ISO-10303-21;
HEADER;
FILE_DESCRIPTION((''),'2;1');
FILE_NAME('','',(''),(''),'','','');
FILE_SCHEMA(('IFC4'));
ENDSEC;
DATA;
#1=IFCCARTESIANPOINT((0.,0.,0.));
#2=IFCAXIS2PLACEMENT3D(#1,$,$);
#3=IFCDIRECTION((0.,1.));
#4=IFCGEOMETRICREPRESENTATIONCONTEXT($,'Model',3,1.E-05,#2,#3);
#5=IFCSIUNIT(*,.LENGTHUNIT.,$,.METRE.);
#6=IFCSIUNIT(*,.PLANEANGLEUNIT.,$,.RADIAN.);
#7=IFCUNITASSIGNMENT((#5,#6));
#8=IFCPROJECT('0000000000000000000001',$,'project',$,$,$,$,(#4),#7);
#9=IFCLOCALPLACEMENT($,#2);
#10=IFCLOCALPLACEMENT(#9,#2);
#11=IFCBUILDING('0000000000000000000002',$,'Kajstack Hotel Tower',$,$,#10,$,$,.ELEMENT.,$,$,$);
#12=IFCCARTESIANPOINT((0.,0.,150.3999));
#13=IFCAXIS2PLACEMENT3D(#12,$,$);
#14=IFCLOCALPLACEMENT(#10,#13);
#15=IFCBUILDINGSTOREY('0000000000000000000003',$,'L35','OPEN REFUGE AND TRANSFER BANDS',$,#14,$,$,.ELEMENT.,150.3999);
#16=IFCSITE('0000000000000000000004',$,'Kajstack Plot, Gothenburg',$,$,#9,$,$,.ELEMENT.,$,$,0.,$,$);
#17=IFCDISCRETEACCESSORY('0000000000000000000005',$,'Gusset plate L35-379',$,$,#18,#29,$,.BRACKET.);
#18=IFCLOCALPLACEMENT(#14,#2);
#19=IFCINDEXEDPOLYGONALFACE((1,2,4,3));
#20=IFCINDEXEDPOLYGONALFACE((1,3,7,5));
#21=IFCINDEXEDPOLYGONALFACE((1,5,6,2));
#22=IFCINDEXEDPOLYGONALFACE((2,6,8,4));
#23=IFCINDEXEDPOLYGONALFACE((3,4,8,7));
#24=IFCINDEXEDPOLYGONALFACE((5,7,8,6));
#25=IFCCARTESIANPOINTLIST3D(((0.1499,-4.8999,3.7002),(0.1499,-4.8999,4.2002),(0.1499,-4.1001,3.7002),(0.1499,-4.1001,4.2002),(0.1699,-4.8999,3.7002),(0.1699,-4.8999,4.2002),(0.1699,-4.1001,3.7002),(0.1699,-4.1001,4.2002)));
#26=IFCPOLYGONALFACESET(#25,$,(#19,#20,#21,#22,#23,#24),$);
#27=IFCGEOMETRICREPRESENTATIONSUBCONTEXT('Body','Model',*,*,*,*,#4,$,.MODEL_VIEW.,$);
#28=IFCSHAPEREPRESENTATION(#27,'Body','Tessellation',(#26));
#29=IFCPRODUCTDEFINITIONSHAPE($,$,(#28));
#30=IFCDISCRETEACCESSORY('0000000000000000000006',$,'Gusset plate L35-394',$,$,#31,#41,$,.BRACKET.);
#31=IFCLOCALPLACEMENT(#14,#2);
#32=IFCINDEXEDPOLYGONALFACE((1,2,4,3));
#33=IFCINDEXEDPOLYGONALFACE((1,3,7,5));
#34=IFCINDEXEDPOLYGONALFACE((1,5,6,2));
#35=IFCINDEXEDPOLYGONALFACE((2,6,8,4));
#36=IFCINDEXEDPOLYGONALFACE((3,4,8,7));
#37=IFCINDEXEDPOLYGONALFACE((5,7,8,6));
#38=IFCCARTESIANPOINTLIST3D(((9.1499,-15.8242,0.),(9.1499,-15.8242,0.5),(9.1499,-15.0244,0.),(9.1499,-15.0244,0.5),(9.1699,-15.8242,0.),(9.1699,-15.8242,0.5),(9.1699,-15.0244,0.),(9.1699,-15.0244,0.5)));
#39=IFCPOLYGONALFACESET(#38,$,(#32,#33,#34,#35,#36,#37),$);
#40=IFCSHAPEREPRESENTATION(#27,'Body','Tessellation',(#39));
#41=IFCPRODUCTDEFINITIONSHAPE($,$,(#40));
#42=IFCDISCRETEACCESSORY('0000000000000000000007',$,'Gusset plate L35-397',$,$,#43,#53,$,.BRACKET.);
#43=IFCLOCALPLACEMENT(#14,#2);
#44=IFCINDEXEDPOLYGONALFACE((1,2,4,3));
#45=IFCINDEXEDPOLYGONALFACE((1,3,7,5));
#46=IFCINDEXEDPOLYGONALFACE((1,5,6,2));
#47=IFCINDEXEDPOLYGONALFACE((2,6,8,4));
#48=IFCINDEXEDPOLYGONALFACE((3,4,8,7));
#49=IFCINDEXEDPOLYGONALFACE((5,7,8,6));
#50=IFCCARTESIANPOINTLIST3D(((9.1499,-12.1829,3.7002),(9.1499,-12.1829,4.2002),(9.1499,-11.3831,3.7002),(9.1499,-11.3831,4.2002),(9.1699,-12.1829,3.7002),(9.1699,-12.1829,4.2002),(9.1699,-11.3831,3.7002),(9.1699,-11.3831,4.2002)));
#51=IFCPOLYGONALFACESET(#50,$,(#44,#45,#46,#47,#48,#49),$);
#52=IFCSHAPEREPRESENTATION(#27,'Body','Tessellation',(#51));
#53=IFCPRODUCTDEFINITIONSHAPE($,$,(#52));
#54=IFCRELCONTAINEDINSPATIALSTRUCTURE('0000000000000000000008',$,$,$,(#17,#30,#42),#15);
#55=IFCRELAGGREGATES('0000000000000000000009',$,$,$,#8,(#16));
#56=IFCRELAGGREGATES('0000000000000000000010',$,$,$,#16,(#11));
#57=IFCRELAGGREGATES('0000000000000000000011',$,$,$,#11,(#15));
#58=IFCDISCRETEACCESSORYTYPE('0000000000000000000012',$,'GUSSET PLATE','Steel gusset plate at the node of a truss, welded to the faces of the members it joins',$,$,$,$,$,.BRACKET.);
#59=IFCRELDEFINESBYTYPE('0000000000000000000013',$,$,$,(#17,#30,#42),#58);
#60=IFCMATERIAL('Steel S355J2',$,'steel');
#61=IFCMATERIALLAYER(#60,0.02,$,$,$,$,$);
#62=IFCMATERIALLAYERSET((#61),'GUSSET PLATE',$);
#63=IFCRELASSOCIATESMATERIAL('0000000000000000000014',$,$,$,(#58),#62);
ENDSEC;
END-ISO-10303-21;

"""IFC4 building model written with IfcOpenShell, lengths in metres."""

from ifc_helpers import new_model, si_unit, direction, frame, origin, place, context, subcontext, project, spatial, polyline, outline, extrude, material, layer, layer_set, type_object, element, save


model = new_model("IFC4")

# Units and contexts
model_context = context("Model", 3, precision=1e-05, world=origin(), true_north=direction((0.0, 1.0)))
body_context = subcontext(model_context, "Body", "Model", "MODEL_VIEW")
ifc_project = project(units=[si_unit("LENGTHUNIT", "METRE"), si_unit("PLANEANGLEUNIT", "RADIAN")], contexts=[model_context])

# Site, building, storey
site_placement = place(None, origin())
site = spatial("IfcSite", under=ifc_project, at=site_placement, Name="Kajstack Plot, Gothenburg", CompositionType="ELEMENT", RefElevation=0.0)
building_placement = place(site_placement, origin())
building = spatial("IfcBuilding", under=site, at=building_placement, Name="Kajstack Hotel Tower", CompositionType="ELEMENT")
storey_placement = place(building_placement, frame((0.0, 0.0, 150.3999)))
storey = spatial("IfcBuildingStorey", under=building, at=storey_placement, Name="L35", Description="OPEN REFUGE AND TRANSFER BANDS", CompositionType="ELEMENT", Elevation=150.3999)

# Shared definitions
ifc_material = material(Name="Steel S355J2", Category="steel")

# Discrete accessories
ifc_layer = layer(ifc_material, 0.02)
ifc_layer_set = layer_set([ifc_layer], Name="GUSSET PLATE")
discrete_accessory_type = type_object("IfcDiscreteAccessoryType", Name="GUSSET PLATE", Description="Steel gusset plate at the node of a truss, welded to the faces of the members it joins", PredefinedType="BRACKET", material=ifc_layer_set)
for number, where, z_axis, x_axis, name in (
    (1, (0.1499, -4.5, 3.7002), (1.0, 0.0, 0.0), (0.0, 1.0, 0.0), "Gusset plate L35-379"),
    (2, (9.1499, -15.4243, 0.0), (1.0, 0.0, 0.0), (0.0, 1.0, 0.0), "Gusset plate L35-394"),
    (3, (9.1499, -11.783, 3.7002), (1.0, 0.0, 0.0), (0.0, 1.0, 0.0), "Gusset plate L35-397"),
):
    element("IfcDiscreteAccessory", number, at=place(storey_placement, frame(where, z_axis=z_axis, x_axis=x_axis)), inside=storey, type_object=discrete_accessory_type, Name=name, PredefinedType="BRACKET", context=body_context, shape_type="SweptSolid", body=[
        extrude(outline(polyline([(-0.3999, 0.0), (0.3999, 0.0), (0.3999, 0.5), (-0.3999, 0.5), (-0.3999, 0.0)])), origin(), (0.0, 0.0, 1.0), 0.02),
    ])

save(model, "model.ifc")
